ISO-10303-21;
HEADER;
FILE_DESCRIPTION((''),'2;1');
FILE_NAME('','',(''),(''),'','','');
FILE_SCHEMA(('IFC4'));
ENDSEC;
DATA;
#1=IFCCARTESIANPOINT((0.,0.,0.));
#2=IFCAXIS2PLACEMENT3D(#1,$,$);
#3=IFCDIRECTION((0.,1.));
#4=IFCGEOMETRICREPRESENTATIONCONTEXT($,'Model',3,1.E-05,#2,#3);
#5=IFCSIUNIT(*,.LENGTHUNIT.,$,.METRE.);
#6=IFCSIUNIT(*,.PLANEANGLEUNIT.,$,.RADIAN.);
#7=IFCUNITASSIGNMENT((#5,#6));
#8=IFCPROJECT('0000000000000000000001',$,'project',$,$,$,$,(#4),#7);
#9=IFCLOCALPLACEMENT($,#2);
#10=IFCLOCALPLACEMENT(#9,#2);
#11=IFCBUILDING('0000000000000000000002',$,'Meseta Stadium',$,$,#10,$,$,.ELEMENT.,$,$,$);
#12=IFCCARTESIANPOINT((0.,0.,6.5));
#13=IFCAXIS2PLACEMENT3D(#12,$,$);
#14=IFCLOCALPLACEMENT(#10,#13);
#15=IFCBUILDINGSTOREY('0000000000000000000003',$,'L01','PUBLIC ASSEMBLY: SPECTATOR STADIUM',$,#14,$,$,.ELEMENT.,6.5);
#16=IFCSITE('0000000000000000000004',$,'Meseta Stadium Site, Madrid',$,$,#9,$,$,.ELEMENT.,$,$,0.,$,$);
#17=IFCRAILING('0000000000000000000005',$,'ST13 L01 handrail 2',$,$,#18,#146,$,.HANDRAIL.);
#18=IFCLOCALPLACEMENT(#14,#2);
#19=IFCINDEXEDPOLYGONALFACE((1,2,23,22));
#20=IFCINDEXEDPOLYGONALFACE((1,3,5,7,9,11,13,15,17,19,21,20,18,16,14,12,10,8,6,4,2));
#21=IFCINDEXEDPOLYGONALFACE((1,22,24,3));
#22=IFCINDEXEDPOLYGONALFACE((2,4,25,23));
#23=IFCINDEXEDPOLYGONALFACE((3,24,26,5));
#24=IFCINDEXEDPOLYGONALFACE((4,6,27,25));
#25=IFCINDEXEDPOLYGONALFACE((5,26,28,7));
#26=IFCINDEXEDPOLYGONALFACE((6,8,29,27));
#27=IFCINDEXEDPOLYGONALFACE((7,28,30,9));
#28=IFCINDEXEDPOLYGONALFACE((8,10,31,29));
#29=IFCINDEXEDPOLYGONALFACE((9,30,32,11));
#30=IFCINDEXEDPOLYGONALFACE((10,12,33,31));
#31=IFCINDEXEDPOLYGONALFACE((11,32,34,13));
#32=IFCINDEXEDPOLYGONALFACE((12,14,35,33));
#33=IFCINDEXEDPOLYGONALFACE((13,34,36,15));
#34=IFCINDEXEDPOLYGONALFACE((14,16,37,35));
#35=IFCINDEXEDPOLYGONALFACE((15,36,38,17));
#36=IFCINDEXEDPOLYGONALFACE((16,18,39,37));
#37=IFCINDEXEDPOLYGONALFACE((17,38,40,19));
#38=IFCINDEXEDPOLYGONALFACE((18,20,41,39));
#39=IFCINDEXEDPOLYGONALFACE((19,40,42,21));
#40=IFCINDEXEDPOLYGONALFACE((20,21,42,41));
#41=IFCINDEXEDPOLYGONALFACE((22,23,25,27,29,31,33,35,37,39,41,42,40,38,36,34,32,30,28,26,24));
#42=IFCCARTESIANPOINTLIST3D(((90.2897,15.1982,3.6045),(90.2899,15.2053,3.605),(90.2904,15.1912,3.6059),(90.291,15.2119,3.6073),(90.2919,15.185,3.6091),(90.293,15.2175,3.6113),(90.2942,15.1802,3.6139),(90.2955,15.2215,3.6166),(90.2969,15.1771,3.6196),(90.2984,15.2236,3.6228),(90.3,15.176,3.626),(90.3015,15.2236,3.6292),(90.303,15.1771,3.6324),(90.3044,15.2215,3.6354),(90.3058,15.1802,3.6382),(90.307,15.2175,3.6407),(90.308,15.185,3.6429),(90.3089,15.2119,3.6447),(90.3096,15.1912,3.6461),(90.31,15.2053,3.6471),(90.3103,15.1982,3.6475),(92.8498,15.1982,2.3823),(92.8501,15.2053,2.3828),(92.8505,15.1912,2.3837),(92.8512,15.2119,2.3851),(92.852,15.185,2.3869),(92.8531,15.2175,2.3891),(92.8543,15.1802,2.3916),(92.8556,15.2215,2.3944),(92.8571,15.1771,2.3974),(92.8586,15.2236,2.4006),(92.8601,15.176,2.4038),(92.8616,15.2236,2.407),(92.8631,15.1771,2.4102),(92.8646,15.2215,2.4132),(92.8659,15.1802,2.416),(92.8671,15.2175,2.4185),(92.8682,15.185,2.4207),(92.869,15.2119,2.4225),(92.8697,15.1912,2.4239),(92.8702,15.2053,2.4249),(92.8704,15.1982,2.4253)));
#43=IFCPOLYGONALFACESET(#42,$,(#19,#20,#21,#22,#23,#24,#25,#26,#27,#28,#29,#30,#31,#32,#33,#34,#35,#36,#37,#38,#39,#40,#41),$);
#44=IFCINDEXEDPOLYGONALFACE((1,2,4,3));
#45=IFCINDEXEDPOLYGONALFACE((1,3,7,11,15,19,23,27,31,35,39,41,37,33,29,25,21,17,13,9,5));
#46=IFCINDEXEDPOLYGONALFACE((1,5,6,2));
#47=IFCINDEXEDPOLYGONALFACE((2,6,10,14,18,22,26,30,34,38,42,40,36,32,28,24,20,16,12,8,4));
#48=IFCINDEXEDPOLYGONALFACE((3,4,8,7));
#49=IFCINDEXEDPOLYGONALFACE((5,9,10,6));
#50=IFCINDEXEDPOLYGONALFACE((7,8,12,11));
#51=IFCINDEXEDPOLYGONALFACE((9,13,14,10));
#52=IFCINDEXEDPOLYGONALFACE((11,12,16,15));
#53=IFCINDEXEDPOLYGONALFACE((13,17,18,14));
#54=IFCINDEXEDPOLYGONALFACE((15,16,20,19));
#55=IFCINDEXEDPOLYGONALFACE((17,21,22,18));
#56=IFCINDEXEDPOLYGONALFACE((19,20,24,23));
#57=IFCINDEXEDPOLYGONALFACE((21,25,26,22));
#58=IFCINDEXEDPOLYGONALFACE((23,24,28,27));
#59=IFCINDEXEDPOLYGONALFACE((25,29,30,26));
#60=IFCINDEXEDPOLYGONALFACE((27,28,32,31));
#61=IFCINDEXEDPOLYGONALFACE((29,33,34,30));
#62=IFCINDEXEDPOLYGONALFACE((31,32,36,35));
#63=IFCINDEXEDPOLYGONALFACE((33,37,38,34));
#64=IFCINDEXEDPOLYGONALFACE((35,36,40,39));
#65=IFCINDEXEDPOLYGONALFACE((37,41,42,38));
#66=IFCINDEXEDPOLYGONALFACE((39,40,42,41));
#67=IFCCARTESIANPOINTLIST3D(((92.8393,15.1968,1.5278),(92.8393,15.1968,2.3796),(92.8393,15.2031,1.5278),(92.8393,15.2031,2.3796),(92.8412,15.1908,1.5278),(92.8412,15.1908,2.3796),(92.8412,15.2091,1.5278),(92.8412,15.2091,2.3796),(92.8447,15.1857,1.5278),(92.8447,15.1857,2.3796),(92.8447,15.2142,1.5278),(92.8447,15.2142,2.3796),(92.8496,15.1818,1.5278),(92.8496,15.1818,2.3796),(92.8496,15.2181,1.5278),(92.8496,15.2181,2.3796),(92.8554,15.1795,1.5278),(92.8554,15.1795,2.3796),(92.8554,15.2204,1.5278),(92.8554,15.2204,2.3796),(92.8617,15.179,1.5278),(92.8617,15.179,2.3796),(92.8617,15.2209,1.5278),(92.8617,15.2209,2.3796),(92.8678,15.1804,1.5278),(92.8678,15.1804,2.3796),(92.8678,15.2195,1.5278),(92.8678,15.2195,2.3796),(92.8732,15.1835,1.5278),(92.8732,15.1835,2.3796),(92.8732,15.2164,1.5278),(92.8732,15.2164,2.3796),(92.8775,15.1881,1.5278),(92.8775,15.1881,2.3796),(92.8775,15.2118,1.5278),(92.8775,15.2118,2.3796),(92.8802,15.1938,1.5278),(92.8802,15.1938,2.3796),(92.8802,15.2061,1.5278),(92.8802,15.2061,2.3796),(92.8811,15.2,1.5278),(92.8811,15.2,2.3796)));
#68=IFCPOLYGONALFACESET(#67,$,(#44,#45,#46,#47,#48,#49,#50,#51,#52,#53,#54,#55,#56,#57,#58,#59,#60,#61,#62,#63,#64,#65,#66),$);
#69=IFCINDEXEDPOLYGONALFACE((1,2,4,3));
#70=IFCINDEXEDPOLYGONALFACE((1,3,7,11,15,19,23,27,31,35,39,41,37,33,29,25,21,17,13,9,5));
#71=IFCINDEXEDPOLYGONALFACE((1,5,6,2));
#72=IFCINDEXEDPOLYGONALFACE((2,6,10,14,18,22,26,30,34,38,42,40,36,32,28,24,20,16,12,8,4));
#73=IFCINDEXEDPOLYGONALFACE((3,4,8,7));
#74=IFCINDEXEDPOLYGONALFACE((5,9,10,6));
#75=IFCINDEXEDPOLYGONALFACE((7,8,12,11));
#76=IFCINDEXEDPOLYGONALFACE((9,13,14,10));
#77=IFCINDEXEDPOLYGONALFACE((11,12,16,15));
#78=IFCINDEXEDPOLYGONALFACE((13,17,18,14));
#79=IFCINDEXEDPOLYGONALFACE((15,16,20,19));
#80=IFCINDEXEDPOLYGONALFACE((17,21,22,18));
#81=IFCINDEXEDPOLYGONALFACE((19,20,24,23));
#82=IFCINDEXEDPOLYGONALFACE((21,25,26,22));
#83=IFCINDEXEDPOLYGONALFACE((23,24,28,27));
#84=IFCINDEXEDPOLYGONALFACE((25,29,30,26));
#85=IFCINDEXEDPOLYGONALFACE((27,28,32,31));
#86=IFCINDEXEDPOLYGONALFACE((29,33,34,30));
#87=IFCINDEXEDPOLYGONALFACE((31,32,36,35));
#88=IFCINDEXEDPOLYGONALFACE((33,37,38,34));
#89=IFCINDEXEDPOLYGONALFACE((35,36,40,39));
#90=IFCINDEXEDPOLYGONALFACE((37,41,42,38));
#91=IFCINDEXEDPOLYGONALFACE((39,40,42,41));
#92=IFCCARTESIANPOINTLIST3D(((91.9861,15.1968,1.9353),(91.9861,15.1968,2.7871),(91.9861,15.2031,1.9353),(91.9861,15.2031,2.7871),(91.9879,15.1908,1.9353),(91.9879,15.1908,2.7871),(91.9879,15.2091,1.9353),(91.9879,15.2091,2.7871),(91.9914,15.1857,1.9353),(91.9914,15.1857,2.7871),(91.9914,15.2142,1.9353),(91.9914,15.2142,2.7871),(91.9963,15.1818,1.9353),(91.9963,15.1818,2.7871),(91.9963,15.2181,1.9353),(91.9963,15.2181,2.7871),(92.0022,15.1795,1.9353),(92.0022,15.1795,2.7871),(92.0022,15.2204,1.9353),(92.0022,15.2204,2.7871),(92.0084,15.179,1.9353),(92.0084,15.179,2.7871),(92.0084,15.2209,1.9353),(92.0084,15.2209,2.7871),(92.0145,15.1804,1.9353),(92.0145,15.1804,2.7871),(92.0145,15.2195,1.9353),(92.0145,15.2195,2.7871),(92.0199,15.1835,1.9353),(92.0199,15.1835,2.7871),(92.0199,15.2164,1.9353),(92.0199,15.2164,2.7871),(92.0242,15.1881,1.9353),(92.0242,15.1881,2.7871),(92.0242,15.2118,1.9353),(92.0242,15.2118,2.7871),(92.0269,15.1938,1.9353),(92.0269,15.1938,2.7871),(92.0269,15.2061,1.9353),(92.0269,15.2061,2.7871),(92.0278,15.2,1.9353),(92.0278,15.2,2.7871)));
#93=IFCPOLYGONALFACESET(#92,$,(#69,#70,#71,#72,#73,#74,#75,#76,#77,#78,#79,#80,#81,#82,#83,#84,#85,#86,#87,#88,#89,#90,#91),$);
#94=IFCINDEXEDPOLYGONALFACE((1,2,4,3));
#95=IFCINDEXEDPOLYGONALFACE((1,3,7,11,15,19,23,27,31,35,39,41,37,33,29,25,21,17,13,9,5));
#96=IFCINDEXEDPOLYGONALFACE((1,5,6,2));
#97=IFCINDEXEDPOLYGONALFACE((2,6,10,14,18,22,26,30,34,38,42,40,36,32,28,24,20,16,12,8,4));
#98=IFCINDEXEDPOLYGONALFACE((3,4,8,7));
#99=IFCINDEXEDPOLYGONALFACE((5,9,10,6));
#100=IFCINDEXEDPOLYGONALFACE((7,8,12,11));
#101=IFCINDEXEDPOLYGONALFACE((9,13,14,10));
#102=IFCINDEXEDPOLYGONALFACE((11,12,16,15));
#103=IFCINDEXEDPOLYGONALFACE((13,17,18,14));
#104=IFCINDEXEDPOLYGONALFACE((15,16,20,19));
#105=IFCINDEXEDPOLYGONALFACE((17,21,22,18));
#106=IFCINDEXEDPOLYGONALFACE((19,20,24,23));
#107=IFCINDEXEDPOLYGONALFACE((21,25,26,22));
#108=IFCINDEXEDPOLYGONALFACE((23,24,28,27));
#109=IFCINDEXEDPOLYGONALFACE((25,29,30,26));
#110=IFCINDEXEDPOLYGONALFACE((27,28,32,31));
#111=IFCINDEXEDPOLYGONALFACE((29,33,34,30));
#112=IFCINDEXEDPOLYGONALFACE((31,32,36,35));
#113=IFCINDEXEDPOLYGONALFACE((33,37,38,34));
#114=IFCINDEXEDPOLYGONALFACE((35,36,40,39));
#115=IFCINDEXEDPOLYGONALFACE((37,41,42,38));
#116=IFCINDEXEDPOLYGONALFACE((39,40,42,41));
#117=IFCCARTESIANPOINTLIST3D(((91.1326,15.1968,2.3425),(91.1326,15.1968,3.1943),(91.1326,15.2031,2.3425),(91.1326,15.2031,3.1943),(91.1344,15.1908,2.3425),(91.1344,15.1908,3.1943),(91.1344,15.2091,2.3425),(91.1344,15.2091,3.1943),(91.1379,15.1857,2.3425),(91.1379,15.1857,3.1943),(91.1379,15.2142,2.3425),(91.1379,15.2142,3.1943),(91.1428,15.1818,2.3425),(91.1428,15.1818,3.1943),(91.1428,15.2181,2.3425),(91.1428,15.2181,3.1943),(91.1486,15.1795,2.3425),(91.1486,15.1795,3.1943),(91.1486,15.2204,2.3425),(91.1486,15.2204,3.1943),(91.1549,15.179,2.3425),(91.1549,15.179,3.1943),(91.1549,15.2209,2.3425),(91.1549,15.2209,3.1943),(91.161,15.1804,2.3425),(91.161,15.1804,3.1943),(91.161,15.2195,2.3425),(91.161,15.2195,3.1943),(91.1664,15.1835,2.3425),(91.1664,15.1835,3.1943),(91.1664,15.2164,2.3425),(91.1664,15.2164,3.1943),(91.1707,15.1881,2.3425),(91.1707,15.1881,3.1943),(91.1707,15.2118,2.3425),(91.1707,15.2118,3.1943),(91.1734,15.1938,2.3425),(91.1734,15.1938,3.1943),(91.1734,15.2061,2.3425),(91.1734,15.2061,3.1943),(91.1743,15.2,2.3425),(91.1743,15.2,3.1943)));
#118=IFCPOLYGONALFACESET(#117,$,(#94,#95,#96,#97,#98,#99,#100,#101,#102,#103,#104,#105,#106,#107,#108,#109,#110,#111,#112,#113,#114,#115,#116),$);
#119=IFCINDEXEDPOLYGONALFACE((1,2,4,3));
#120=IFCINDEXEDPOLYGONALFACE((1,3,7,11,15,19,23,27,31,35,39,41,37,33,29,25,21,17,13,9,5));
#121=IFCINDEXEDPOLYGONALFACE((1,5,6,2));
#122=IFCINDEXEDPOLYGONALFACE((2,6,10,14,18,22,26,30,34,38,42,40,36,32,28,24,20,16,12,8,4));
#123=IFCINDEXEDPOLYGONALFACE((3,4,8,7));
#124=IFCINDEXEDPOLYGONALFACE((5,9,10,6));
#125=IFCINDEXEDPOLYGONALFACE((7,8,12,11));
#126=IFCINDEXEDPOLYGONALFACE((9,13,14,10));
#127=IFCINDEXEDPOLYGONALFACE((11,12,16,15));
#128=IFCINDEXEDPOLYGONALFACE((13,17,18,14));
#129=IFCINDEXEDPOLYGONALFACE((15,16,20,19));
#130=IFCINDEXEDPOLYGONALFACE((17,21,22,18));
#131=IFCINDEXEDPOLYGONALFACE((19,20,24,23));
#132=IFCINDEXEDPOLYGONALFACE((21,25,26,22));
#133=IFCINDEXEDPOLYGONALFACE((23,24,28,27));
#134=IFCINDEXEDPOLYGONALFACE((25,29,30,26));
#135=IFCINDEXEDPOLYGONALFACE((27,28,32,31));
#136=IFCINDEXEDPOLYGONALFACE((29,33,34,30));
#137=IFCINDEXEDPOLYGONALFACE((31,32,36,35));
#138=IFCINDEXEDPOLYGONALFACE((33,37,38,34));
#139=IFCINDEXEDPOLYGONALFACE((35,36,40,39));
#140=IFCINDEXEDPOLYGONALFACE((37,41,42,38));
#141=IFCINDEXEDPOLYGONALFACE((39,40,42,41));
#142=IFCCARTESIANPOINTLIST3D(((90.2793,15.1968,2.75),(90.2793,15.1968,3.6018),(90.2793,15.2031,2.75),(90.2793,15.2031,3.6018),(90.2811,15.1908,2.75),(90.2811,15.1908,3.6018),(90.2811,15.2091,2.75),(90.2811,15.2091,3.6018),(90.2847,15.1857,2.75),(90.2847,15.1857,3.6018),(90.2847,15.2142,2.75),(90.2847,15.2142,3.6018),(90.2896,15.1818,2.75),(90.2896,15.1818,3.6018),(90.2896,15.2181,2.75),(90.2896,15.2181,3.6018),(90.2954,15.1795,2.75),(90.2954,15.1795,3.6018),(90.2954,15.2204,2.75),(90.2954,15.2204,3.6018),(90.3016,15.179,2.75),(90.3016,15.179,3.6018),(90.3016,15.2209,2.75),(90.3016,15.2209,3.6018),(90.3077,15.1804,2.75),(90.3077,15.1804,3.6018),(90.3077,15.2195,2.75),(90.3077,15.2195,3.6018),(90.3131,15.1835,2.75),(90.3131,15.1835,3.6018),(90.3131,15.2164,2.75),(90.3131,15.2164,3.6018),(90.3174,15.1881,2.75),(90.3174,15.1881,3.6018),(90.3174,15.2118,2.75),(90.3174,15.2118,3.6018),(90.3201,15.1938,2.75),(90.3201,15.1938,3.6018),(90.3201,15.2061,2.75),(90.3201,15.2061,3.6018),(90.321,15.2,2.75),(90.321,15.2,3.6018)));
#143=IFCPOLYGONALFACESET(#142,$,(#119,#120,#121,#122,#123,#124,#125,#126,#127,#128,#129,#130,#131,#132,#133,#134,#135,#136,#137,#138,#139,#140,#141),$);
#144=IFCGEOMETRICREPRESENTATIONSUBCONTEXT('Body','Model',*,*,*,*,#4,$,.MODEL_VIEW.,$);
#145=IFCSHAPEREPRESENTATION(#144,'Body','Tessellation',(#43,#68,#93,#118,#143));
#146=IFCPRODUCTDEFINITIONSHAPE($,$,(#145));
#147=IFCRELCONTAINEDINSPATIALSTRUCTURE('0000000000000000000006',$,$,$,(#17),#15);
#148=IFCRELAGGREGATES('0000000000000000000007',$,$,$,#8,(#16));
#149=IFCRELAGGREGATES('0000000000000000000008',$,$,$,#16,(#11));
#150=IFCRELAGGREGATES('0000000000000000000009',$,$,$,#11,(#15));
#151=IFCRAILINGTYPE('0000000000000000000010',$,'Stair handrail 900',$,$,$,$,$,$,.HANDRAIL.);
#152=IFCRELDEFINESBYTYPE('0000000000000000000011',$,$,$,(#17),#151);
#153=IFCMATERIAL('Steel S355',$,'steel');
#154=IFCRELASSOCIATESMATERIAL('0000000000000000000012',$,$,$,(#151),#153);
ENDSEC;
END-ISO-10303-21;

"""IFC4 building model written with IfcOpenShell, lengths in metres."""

from ifc_helpers import new_model, si_unit, direction, frame, origin, origin_2d, place, context, subcontext, project, spatial, circle, extrude, material, type_object, element, save


model = new_model("IFC4")

# Units and contexts
model_context = context("Model", 3, precision=1e-05, world=origin(), true_north=direction((0.0, 1.0)))
body_context = subcontext(model_context, "Body", "Model", "MODEL_VIEW")
ifc_project = project(units=[si_unit("LENGTHUNIT", "METRE"), si_unit("PLANEANGLEUNIT", "RADIAN")], contexts=[model_context])

# Site, building, storey
site_placement = place(None, origin())
site = spatial("IfcSite", under=ifc_project, at=site_placement, Name="Meseta Stadium Site, Madrid", CompositionType="ELEMENT", RefElevation=0.0)
building_placement = place(site_placement, origin())
building = spatial("IfcBuilding", under=site, at=building_placement, Name="Meseta Stadium", CompositionType="ELEMENT")
storey_placement = place(building_placement, frame((0.0, 0.0, 6.5)))
storey = spatial("IfcBuildingStorey", under=building, at=storey_placement, Name="L01", Description="PUBLIC ASSEMBLY: SPECTATOR STADIUM", CompositionType="ELEMENT", Elevation=6.5)

# Railing
ifc_material_1 = material(Name="Steel S355", Category="steel")
railing_type_1 = type_object("IfcRailingType", Name="Stair handrail 900", PredefinedType="HANDRAIL", material=ifc_material_1)
for number, where, name in (
    (1, (92.8601, 15.2, 1.5278), "ST13 L01 handrail 2"),
):
    element("IfcRailing", number, at=place(storey_placement, frame(where)), inside=storey, type_object=railing_type_1, Name=name, PredefinedType="HANDRAIL", context=body_context, shape_type="SweptSolid", body=[
        extrude(circle(Radius=0.0239, at=origin_2d()), frame((0.0, 0.0, 0.876), z_axis=(-0.902437, 0.0, 0.430822), x_axis=(0.0, -1.0, 0.0)), (0.0, 0.0, 1.0), 2.8369),
        extrude(circle(Radius=0.021, at=origin_2d()), origin(), (0.0, 0.0, 1.0), 0.8518),
        extrude(circle(Radius=0.021, at=origin_2d()), frame((-0.8533, 0.0, 0.4075)), (0.0, 0.0, 1.0), 0.8518),
        extrude(circle(Radius=0.021, at=origin_2d()), frame((-1.7068, 0.0, 0.8147)), (0.0, 0.0, 1.0), 0.8518),
        extrude(circle(Radius=0.021, at=origin_2d()), frame((-2.5601, 0.0, 1.2222)), (0.0, 0.0, 1.0), 0.8518),
    ])

save(model, "model.ifc")
